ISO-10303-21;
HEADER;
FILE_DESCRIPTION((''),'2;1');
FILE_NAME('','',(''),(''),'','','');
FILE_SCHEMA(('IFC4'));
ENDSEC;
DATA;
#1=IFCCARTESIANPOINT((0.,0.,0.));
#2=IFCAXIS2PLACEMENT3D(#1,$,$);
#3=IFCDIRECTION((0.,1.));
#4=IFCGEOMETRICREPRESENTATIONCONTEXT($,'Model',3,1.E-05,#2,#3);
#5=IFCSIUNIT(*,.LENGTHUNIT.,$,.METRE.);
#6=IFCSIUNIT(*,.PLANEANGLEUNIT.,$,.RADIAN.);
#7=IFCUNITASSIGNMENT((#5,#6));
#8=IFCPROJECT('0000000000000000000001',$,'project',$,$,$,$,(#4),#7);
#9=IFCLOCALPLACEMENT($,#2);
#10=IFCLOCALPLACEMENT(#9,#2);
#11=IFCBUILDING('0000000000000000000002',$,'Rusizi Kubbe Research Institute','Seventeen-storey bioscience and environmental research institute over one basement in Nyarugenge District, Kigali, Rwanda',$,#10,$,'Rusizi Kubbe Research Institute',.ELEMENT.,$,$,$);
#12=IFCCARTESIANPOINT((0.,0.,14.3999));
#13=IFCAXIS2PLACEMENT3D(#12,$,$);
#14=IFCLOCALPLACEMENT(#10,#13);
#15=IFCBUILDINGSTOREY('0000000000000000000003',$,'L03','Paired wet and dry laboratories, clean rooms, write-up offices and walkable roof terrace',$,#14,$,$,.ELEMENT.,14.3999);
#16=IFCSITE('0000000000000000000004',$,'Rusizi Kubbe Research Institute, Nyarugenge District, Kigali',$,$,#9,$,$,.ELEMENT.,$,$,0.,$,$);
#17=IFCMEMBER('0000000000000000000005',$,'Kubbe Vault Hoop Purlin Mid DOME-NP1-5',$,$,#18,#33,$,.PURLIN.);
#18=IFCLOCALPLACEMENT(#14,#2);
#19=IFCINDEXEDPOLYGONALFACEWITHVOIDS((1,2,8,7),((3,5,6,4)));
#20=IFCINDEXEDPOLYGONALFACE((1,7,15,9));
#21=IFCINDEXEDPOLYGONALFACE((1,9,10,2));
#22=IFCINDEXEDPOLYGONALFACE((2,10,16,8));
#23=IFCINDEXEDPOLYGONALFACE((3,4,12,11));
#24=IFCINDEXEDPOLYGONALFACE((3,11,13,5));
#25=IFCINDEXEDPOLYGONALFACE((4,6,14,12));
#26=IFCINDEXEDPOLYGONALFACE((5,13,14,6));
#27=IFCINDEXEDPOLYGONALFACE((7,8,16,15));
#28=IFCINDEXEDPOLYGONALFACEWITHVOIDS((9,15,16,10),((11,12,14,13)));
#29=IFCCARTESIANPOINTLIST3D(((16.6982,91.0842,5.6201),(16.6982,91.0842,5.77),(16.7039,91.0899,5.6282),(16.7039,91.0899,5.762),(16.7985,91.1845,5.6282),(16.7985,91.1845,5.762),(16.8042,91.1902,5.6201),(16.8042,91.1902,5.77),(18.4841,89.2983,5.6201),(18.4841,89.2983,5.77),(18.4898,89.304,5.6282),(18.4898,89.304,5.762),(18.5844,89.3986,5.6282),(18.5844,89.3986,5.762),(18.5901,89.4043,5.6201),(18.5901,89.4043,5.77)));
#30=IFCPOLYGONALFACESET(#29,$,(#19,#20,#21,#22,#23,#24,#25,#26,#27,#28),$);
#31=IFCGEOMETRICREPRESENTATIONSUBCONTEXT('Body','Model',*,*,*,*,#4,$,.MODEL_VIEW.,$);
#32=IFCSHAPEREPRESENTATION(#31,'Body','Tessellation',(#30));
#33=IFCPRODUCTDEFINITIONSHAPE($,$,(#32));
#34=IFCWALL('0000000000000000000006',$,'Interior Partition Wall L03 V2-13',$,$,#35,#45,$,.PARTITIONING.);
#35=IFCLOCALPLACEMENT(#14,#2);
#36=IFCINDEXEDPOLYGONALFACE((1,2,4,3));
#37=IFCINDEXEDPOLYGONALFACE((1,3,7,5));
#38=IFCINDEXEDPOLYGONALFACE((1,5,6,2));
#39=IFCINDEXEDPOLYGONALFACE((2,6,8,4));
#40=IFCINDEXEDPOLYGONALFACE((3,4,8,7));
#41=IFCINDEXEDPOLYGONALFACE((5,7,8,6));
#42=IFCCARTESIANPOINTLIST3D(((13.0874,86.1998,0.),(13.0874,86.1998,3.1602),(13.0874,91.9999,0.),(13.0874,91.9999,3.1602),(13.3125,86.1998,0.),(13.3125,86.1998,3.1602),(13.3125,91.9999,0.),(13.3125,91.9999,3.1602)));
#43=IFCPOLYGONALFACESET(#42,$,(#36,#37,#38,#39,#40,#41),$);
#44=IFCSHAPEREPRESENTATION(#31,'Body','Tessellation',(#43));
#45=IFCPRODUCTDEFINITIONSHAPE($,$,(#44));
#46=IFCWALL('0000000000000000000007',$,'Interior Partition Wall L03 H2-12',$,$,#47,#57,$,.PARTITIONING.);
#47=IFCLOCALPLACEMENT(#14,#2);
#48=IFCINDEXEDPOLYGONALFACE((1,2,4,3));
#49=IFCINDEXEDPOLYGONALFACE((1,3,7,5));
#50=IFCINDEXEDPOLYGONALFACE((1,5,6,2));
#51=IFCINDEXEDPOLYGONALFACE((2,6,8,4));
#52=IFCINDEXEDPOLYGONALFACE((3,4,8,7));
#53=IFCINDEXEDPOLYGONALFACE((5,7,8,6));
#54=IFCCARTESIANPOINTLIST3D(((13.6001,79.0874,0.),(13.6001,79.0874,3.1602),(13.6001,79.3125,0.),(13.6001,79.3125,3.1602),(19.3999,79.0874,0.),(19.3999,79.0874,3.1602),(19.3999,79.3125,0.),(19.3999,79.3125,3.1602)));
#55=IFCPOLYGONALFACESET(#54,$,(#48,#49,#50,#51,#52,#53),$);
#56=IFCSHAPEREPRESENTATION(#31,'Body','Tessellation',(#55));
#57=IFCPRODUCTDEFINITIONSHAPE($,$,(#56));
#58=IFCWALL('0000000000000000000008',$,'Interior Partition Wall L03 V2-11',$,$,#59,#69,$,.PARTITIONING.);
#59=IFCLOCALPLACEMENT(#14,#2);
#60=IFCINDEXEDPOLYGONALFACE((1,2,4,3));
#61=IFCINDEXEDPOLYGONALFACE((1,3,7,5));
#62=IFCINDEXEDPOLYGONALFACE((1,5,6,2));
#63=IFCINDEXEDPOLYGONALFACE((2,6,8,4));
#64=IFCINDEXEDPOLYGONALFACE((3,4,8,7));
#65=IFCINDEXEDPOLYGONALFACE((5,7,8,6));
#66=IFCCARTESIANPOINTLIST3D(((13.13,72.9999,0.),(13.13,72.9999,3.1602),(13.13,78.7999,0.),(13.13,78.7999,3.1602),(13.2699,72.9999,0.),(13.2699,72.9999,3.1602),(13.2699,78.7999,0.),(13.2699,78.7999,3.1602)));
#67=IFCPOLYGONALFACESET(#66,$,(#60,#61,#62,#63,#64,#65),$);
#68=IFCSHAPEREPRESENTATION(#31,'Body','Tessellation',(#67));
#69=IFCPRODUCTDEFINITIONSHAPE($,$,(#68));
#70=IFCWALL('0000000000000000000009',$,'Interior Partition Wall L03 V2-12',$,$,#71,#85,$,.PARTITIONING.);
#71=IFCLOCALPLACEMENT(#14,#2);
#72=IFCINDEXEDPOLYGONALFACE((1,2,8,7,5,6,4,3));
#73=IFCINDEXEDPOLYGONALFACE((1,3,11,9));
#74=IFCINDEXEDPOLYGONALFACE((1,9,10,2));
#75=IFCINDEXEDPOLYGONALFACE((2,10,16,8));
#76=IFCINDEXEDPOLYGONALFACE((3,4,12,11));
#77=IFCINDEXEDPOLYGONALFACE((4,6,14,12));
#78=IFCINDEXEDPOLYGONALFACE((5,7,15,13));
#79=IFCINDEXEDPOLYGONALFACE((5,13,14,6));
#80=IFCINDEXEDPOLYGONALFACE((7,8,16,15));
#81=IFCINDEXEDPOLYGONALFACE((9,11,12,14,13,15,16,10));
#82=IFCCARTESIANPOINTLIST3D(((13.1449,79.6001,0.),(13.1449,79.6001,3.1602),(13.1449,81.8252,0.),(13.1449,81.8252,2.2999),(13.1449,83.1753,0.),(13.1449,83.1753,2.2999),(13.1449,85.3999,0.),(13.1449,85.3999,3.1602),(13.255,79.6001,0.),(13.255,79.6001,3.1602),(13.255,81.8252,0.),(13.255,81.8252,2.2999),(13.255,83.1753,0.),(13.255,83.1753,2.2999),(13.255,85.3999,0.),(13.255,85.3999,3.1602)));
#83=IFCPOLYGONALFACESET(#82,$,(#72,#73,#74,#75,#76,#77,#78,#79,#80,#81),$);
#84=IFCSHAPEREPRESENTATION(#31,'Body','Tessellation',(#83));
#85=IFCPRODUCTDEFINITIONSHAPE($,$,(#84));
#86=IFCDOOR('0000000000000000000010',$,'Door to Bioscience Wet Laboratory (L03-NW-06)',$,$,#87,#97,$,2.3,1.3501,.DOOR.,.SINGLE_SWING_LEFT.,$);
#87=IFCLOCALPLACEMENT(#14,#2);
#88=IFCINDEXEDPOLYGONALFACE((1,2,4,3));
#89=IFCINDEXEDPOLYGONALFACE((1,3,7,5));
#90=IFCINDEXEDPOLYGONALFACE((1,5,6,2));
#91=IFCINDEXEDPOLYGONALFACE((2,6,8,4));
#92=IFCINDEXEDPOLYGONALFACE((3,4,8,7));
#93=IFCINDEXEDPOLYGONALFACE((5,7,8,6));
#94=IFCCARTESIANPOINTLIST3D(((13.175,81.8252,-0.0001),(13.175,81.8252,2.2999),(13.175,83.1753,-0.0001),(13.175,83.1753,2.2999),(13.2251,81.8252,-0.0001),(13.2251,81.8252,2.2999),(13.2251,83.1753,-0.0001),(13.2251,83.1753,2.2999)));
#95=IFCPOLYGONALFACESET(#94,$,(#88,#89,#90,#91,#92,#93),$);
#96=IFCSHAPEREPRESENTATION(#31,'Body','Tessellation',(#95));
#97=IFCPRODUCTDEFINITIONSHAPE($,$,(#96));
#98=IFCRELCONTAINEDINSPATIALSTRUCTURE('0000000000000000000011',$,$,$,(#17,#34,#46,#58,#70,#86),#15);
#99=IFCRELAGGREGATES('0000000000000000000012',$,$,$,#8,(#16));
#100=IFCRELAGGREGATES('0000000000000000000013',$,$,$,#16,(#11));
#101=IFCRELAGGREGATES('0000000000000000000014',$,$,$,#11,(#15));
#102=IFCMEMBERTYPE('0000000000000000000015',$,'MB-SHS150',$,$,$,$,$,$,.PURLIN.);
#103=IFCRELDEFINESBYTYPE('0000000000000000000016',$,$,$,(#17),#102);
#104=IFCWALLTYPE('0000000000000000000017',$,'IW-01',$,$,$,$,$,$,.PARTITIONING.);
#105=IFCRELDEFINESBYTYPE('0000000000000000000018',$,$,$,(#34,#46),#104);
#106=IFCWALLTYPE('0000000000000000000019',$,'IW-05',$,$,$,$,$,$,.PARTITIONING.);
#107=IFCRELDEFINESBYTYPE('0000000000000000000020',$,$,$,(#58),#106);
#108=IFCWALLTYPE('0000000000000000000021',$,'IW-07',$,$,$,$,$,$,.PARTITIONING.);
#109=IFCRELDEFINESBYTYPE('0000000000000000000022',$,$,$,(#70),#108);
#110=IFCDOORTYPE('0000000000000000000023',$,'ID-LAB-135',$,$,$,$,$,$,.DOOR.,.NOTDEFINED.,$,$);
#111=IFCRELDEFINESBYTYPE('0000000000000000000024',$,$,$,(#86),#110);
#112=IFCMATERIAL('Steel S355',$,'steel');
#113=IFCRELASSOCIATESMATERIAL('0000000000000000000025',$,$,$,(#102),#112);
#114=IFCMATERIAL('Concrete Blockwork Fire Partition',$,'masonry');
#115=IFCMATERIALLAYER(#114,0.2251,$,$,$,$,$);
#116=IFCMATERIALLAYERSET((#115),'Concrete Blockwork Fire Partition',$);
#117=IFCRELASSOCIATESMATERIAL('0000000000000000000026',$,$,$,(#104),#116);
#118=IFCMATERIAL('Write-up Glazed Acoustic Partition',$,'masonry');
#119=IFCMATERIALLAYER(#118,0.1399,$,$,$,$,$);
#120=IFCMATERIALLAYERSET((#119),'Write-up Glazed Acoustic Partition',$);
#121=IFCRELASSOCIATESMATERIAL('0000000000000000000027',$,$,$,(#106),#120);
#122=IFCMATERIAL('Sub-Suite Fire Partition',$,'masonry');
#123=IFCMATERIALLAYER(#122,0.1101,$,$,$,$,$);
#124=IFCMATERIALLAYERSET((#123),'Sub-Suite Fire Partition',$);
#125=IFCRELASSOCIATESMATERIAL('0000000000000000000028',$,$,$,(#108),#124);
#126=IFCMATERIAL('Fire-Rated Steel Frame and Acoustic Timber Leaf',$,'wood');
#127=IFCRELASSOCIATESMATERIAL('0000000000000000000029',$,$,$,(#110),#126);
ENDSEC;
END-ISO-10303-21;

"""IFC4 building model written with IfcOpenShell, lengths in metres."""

from ifc_helpers import new_model, si_unit, direction, frame, frame_2d, origin, origin_2d, place, context, subcontext, project, spatial, rectangle, hollow_rectangle, extrude, material, layer, layer_set, material_profile, profile_set, type_object, element, fill, save


model = new_model("IFC4")

# Units and contexts
model_context = context("Model", 3, precision=1e-05, world=origin(), true_north=direction((0.0, 1.0)))
body_context = subcontext(model_context, "Body", "Model", "MODEL_VIEW")
ifc_project = project(units=[si_unit("LENGTHUNIT", "METRE"), si_unit("PLANEANGLEUNIT", "RADIAN")], contexts=[model_context])

# Site, building, storey
site_placement = place(None, origin())
site = spatial("IfcSite", under=ifc_project, at=site_placement, Name="Rusizi Kubbe Research Institute, Nyarugenge District, Kigali", CompositionType="ELEMENT", RefElevation=0.0)
building_placement = place(site_placement, origin())
building = spatial("IfcBuilding", under=site, at=building_placement, Name="Rusizi Kubbe Research Institute", Description="Seventeen-storey bioscience and environmental research institute over one basement in Nyarugenge District, Kigali, Rwanda", LongName="Rusizi Kubbe Research Institute", CompositionType="ELEMENT")
storey_placement = place(building_placement, frame((0.0, 0.0, 14.3999)))
storey = spatial("IfcBuildingStorey", under=building, at=storey_placement, Name="L03", Description="Paired wet and dry laboratories, clean rooms, write-up offices and walkable roof terrace", CompositionType="ELEMENT", Elevation=14.3999)

# Member
ifc_material_1 = material(Name="Steel S355", Category="steel")
ifc_material_profile_1 = material_profile(ifc_material_1, hollow_rectangle(XDim=0.1499, YDim=0.1499, WallThickness=0.0081, at=origin_2d()), Name="SHS 150x150x8.0")
ifc_profile_set_1 = profile_set([ifc_material_profile_1], Name="Steel S355")
member_type_1 = type_object("IfcMemberType", Name="MB-SHS150", PredefinedType="PURLIN", material=ifc_profile_set_1)
member_1_placement = place(storey_placement, frame((16.7512, 91.1372, 5.6951), z_axis=(0.707107, -0.707107, 0.0), x_axis=(0.707107, 0.707107, 0.0)))
element("IfcMember", 1, at=member_1_placement, inside=storey, type_object=member_type_1, Name="Kubbe Vault Hoop Purlin Mid DOME-NP1-5", PredefinedType="PURLIN", context=body_context, shape_type="SweptSolid", body=[
    extrude(hollow_rectangle(XDim=0.1499, YDim=0.1499, WallThickness=0.0081, at=origin_2d()), origin(), (0.0, 0.0, 1.0), 2.5256),
])

# Walls
ifc_material_2 = material(Name="Concrete Blockwork Fire Partition", Category="masonry")
ifc_layer_1 = layer(ifc_material_2, 0.2251)
ifc_layer_set_1 = layer_set([ifc_layer_1], Name="Concrete Blockwork Fire Partition")
wall_type_1 = type_object("IfcWallType", Name="IW-01", PredefinedType="PARTITIONING", material=ifc_layer_set_1)
wall_1_placement = place(storey_placement, frame((13.2, 86.2, 0.0), z_axis=(0.0, 0.0, 1.0), x_axis=(0.0, 1.0, 0.0)))
element("IfcWall", 2, at=wall_1_placement, inside=storey, type_object=wall_type_1, Name="Interior Partition Wall L03 V2-13", PredefinedType="PARTITIONING", context=body_context, shape_type="SweptSolid", body=[
    extrude(rectangle(XDim=5.8, YDim=0.2251, at=frame_2d((2.8999, 0.0))), origin(), (0.0, 0.0, 1.0), 3.1602),
])
wall_2_placement = place(storey_placement, frame((13.6001, 79.2, 0.0), z_axis=(0.0, 0.0, 1.0), x_axis=(1.0, 0.0, 0.0)))
element("IfcWall", 3, at=wall_2_placement, inside=storey, type_object=wall_type_1, Name="Interior Partition Wall L03 H2-12", PredefinedType="PARTITIONING", context=body_context, shape_type="SweptSolid", body=[
    extrude(rectangle(XDim=5.7998, YDim=0.2251, at=frame_2d((2.8999, 0.0))), origin(), (0.0, 0.0, 1.0), 3.1602),
])
ifc_material_3 = material(Name="Write-up Glazed Acoustic Partition", Category="masonry")
ifc_layer_2 = layer(ifc_material_3, 0.1399)
ifc_layer_set_2 = layer_set([ifc_layer_2], Name="Write-up Glazed Acoustic Partition")
wall_type_2 = type_object("IfcWallType", Name="IW-05", PredefinedType="PARTITIONING", material=ifc_layer_set_2)
wall_3_placement = place(storey_placement, frame((13.2, 73.0, 0.0), z_axis=(0.0, 0.0, 1.0), x_axis=(0.0, 1.0, 0.0)))
element("IfcWall", 4, at=wall_3_placement, inside=storey, type_object=wall_type_2, Name="Interior Partition Wall L03 V2-11", PredefinedType="PARTITIONING", context=body_context, shape_type="SweptSolid", body=[
    extrude(rectangle(XDim=5.8, YDim=0.1399, at=frame_2d((2.8999, 0.0))), origin(), (0.0, 0.0, 1.0), 3.1602),
])

# Wall, opening, door
ifc_material_4 = material(Name="Sub-Suite Fire Partition", Category="masonry")
ifc_layer_3 = layer(ifc_material_4, 0.1101)
ifc_layer_set_3 = layer_set([ifc_layer_3], Name="Sub-Suite Fire Partition")
wall_type_3 = type_object("IfcWallType", Name="IW-07", PredefinedType="PARTITIONING", material=ifc_layer_set_3)
wall_4_placement = place(storey_placement, frame((13.2, 79.6001, 0.0), z_axis=(0.0, 0.0, 1.0), x_axis=(0.0, 1.0, 0.0)))
wall_4 = element("IfcWall", 5, at=wall_4_placement, inside=storey, type_object=wall_type_3, Name="Interior Partition Wall L03 V2-12", PredefinedType="PARTITIONING", context=body_context, shape_type="SweptSolid", body=[
    extrude(rectangle(XDim=5.7998, YDim=0.1101, at=frame_2d((2.8999, 0.0))), origin(), (0.0, 0.0, 1.0), 3.1602),
])
opening_placement = place(wall_4_placement, frame((2.2251, 0.0, 0.0)))
opening = element("IfcOpeningElement", 6, at=opening_placement, cuts=wall_4, PredefinedType="OPENING", context=body_context, shape_type="SweptSolid", body=[
    extrude(rectangle(XDim=1.3501, YDim=2.3, at=frame_2d((0.675, 1.1499))), frame((0.0, 0.0649, 0.0), z_axis=(0.0, -1.0, 0.0), x_axis=(1.0, 0.0, 0.0)), (0.0, 0.0, 1.0), 0.1301),
])
ifc_material_5 = material(Name="Fire-Rated Steel Frame and Acoustic Timber Leaf", Category="wood")
door_type = type_object("IfcDoorType", Name="ID-LAB-135", OperationType="NOTDEFINED", PredefinedType="DOOR", material=ifc_material_5)
door_placement = place(opening_placement, origin())
door = element("IfcDoor", 7, at=door_placement, inside=storey, type_object=door_type, Name="Door to Bioscience Wet Laboratory (L03-NW-06)", OperationType="SINGLE_SWING_LEFT", OverallHeight=2.3, OverallWidth=1.3501, PredefinedType="DOOR", context=body_context, shape_type="SweptSolid", body=[
    extrude(rectangle(XDim=1.3501, YDim=2.3, at=frame_2d((0.675, 1.1499))), frame((0.0, 0.0249, 0.0), z_axis=(0.0, -1.0, 0.0), x_axis=(1.0, 0.0, 0.0)), (0.0, 0.0, 1.0), 0.05),
])
fill(opening, door)

save(model, "model.ifc")
